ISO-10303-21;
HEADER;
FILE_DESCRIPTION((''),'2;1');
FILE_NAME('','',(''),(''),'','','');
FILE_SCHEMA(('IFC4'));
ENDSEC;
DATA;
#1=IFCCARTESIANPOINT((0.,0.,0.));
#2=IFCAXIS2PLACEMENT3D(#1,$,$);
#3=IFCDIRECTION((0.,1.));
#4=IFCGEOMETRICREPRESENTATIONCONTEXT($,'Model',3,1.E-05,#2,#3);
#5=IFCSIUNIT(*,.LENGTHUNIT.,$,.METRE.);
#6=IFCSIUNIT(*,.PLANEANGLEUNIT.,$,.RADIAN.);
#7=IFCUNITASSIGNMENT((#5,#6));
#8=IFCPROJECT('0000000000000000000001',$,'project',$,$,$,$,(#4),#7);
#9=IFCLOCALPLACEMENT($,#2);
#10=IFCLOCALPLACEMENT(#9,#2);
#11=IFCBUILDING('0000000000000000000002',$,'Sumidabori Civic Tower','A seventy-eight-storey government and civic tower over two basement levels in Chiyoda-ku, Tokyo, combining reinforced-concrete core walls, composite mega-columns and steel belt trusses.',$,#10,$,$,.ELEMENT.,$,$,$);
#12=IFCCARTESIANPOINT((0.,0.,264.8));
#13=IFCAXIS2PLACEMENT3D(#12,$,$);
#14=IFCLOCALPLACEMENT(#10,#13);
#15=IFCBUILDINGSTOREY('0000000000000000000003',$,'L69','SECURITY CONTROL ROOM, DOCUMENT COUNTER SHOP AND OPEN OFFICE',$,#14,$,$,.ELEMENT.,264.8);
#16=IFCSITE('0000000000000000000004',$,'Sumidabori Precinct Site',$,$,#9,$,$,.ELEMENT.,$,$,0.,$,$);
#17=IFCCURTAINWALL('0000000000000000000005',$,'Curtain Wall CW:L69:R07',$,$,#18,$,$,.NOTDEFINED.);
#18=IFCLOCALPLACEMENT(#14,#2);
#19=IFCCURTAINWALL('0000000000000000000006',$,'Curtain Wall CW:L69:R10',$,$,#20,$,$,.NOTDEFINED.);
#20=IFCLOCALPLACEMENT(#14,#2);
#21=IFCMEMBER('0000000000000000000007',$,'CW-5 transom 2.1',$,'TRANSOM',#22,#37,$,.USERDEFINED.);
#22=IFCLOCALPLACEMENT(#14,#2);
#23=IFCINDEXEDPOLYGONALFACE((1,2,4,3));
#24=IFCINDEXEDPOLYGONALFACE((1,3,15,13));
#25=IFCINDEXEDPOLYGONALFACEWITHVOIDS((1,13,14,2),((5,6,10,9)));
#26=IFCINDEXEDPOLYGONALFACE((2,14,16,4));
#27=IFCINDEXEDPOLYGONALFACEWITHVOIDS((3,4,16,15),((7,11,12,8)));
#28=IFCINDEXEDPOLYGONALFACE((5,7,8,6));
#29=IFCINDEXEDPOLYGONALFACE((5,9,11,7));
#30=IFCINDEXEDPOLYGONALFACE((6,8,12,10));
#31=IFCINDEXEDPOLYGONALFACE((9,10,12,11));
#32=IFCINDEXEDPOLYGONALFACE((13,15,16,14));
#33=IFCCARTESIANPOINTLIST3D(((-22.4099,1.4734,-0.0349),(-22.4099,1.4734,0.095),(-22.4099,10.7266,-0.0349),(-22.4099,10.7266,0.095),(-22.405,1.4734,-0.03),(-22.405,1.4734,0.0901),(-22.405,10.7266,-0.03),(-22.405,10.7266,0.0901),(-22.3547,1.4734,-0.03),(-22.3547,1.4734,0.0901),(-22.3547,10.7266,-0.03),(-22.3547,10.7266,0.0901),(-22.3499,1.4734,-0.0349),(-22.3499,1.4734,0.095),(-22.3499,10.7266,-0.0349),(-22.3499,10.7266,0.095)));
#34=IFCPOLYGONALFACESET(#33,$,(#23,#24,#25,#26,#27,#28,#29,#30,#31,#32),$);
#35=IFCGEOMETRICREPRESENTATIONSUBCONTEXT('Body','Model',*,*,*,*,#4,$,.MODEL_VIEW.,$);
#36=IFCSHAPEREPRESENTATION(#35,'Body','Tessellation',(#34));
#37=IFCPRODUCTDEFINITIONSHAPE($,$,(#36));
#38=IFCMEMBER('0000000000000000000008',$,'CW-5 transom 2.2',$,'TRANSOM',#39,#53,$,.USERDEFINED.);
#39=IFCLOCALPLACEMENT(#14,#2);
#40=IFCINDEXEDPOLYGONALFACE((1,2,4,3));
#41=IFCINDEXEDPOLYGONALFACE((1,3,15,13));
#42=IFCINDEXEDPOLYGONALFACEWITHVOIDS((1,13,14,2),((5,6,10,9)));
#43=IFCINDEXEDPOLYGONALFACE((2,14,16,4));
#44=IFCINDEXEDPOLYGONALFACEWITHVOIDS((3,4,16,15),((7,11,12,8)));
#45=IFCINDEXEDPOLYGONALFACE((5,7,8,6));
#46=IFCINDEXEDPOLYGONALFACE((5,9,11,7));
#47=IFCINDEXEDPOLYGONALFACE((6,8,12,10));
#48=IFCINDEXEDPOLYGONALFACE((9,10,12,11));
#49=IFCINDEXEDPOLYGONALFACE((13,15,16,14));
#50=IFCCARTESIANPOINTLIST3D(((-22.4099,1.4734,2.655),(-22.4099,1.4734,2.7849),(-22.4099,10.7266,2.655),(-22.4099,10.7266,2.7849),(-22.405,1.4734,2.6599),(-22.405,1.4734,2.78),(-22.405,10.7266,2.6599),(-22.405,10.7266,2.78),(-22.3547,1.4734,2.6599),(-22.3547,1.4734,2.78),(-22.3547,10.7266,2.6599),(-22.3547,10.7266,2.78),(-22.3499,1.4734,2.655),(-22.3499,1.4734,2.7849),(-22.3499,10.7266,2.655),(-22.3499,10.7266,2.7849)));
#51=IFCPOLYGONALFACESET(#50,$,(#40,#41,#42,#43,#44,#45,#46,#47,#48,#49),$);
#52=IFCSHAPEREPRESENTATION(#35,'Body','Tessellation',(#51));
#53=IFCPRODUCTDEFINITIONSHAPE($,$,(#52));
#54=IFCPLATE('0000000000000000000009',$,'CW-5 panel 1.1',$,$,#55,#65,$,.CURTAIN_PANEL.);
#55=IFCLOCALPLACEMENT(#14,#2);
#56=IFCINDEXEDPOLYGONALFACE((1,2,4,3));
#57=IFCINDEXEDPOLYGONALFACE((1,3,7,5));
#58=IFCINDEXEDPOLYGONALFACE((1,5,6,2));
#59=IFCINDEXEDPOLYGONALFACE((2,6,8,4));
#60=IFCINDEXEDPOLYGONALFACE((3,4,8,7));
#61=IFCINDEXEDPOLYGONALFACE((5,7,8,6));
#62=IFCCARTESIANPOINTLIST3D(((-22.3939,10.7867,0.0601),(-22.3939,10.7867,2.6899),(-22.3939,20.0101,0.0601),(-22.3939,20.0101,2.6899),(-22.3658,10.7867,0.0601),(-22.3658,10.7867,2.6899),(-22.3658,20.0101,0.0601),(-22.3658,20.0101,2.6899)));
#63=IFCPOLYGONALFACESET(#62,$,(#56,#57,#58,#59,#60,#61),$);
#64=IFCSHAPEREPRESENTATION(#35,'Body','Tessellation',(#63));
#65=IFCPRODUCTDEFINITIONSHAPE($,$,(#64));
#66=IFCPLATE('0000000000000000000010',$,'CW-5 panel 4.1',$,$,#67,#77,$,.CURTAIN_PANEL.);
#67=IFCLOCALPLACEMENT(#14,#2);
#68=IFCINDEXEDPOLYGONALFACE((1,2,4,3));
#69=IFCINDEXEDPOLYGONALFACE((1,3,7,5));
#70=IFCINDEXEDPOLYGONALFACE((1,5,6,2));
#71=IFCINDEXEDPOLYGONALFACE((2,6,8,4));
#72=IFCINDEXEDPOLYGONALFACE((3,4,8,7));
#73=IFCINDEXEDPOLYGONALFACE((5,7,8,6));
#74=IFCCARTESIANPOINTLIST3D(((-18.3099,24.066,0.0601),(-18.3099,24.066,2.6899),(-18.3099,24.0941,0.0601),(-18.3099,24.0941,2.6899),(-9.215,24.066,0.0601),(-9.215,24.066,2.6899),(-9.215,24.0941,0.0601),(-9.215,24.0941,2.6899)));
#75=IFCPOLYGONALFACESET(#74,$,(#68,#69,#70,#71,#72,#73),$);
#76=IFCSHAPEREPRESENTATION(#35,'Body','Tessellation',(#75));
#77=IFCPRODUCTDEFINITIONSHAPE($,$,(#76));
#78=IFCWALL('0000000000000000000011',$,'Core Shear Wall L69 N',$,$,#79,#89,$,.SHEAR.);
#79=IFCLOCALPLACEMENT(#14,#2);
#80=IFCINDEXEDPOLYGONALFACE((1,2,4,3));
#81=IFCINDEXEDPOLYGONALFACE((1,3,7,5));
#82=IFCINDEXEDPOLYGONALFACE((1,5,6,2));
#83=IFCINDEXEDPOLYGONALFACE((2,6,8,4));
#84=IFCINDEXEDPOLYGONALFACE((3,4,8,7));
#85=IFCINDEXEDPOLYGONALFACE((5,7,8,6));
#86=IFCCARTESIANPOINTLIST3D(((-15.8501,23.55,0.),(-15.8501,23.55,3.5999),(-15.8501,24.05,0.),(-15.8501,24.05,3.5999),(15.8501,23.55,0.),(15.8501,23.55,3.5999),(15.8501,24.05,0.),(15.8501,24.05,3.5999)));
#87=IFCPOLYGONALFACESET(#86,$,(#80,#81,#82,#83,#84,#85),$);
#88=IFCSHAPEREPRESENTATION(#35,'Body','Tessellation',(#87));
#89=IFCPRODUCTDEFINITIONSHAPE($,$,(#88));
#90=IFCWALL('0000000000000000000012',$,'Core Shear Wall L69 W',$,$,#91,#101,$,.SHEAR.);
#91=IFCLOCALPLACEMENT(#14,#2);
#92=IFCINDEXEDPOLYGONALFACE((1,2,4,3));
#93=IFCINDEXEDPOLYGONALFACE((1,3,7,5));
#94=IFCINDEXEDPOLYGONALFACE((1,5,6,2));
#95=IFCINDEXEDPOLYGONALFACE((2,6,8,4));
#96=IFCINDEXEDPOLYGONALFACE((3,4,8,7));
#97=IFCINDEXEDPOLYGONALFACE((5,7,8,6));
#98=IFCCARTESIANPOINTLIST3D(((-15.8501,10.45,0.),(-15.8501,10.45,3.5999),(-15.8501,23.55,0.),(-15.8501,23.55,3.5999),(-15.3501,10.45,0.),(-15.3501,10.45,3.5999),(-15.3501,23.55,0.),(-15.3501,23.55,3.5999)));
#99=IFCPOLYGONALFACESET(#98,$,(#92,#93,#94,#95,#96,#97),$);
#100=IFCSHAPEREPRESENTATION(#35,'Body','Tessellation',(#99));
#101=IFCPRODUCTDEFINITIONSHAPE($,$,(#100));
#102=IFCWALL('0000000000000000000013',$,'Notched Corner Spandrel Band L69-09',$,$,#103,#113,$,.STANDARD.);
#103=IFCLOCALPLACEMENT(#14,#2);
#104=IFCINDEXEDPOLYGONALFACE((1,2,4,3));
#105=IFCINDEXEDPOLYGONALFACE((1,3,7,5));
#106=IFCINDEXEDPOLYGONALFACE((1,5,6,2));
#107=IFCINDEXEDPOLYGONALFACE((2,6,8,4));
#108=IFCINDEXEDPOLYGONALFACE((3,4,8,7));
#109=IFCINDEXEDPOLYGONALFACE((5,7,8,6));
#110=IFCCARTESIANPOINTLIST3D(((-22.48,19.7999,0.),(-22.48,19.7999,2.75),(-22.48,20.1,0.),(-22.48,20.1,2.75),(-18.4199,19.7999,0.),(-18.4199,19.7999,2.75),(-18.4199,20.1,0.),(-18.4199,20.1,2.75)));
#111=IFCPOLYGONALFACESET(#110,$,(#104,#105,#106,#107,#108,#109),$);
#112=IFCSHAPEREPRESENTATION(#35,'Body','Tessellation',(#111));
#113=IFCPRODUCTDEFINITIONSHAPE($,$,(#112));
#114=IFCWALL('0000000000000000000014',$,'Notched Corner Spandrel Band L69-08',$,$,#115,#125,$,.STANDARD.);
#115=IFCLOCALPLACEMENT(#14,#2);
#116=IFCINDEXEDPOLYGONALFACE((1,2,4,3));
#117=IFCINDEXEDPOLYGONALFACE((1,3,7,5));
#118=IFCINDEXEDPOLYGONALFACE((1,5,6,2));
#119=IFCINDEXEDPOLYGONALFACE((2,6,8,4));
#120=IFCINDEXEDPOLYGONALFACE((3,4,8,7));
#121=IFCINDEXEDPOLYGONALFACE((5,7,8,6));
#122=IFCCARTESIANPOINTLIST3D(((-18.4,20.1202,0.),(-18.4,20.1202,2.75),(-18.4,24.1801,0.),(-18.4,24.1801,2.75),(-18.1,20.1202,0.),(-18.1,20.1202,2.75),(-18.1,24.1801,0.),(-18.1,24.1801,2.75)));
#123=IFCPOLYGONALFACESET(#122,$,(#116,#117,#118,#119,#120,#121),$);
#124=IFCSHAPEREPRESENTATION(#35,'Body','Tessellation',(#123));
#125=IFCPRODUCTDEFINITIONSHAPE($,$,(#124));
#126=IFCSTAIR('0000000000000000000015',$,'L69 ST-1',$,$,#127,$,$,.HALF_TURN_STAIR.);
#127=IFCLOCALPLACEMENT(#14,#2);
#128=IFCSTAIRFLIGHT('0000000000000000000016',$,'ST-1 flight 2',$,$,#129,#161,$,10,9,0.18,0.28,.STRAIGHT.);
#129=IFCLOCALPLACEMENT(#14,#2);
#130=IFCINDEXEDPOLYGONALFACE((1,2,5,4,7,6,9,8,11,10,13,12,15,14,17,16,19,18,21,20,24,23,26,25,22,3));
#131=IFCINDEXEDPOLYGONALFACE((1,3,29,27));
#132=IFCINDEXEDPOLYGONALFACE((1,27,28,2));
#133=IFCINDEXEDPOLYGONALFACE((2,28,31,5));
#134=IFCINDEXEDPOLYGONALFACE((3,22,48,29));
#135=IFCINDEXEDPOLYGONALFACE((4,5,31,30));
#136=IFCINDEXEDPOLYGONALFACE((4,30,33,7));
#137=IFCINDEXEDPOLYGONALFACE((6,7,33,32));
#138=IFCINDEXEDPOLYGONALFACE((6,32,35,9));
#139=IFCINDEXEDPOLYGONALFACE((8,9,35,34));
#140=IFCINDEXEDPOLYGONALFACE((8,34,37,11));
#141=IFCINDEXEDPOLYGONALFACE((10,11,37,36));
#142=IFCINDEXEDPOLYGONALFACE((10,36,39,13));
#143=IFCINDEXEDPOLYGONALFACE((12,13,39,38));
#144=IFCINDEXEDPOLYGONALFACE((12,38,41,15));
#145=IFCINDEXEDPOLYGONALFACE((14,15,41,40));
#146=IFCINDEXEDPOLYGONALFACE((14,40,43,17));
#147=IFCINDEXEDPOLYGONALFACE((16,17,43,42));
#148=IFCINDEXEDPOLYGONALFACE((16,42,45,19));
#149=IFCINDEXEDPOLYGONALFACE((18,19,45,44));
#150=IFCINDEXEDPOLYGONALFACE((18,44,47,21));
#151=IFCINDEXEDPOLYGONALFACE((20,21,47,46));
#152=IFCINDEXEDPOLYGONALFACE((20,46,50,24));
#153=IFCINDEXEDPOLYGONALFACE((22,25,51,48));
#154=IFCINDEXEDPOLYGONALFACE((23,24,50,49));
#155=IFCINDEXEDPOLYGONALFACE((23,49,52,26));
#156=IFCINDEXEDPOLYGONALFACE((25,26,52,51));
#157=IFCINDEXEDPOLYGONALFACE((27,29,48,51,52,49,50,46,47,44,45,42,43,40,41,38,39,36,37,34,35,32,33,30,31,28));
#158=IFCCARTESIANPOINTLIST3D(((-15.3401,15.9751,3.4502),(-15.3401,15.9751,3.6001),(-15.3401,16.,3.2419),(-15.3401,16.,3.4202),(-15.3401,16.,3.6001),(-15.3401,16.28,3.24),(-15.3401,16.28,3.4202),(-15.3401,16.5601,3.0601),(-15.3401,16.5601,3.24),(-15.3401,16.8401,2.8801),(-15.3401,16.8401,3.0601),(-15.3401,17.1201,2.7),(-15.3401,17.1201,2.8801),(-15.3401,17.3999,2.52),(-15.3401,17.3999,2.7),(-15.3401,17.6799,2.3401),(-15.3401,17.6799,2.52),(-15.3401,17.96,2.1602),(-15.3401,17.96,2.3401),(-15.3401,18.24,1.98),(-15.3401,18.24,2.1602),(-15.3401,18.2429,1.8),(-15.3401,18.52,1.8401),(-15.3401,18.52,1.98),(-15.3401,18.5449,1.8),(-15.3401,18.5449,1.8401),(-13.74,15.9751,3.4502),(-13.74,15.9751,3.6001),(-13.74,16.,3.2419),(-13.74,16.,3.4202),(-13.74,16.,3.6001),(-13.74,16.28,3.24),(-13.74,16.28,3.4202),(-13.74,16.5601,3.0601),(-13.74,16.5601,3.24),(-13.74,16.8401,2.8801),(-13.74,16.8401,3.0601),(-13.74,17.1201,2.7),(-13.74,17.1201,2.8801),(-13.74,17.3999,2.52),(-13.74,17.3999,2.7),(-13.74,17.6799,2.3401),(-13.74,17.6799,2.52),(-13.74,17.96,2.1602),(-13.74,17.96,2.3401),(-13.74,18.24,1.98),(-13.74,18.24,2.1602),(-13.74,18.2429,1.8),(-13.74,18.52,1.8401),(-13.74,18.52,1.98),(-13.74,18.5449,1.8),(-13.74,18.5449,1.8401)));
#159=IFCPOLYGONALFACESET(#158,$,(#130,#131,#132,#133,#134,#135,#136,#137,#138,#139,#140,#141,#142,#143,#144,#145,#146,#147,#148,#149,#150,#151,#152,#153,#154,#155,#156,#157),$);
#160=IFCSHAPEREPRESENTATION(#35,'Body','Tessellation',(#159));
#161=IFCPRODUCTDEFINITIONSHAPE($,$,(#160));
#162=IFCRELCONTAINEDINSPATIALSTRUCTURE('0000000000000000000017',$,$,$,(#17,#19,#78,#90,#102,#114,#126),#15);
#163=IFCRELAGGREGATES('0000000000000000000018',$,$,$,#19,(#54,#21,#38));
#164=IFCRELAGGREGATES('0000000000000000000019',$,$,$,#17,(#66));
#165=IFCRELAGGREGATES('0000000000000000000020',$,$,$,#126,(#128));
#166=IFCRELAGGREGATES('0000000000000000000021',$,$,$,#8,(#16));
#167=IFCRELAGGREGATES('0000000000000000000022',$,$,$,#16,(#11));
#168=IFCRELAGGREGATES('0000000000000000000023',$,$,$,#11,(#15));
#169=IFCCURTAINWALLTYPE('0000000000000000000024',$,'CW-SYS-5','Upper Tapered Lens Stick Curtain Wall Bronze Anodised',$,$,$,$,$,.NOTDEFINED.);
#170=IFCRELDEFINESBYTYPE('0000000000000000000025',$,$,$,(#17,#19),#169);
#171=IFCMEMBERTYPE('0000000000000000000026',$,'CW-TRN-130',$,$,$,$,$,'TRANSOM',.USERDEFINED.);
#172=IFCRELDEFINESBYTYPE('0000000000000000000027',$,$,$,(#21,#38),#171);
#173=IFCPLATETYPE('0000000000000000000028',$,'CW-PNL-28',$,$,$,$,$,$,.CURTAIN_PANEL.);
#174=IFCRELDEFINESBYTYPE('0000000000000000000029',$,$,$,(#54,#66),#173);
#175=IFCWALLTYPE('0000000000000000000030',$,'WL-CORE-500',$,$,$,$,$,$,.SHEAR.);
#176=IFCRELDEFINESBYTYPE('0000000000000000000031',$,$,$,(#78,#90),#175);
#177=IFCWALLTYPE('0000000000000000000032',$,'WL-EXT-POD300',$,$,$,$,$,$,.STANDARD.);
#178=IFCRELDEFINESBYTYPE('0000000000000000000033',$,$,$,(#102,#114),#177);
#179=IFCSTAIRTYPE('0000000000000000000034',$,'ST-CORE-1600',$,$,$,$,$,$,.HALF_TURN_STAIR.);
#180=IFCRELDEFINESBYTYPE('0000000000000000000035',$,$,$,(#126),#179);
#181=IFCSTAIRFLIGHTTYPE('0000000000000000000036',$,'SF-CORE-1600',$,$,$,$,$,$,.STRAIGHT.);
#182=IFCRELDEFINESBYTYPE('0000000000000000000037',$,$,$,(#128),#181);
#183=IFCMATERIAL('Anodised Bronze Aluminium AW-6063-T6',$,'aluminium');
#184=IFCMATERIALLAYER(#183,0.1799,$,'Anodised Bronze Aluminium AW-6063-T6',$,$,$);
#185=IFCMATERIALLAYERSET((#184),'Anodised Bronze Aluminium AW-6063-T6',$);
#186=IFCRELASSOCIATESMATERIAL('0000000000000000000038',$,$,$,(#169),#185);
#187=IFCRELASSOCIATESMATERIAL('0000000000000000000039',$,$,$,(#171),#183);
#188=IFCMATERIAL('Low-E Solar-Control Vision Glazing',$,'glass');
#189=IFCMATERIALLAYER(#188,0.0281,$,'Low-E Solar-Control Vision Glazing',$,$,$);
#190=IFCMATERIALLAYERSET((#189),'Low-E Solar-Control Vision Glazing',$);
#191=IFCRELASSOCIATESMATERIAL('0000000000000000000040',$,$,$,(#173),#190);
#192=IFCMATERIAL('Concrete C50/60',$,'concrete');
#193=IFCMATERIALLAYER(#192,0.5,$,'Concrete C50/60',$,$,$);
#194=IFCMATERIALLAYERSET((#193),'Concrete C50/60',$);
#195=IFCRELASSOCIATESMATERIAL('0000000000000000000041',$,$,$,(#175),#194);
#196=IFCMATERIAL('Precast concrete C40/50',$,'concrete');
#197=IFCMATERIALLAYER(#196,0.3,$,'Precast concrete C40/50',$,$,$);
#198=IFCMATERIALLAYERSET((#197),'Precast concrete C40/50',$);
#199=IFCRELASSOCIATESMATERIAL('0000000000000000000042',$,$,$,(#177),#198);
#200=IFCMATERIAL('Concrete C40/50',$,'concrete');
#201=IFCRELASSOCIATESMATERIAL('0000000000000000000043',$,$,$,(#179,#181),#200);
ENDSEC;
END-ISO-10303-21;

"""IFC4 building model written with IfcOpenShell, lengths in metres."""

from ifc_helpers import new_model, si_unit, direction, frame, frame_2d, origin, origin_2d, place, context, subcontext, project, spatial, polyline, rectangle, hollow_rectangle, outline, extrude, source, transform, mapped, material, layer, layer_set, material_profile, profile_set, type_object, element, aggregate, save


model = new_model("IFC4")

# Units and contexts
model_context = context("Model", 3, precision=1e-05, world=origin(), true_north=direction((0.0, 1.0)))
body_context = subcontext(model_context, "Body", "Model", "MODEL_VIEW")
ifc_project = project(units=[si_unit("LENGTHUNIT", "METRE"), si_unit("PLANEANGLEUNIT", "RADIAN")], contexts=[model_context])

# Site, building, storey
site_placement = place(None, origin())
site = spatial("IfcSite", under=ifc_project, at=site_placement, Name="Sumidabori Precinct Site", CompositionType="ELEMENT", RefElevation=0.0)
building_placement = place(site_placement, origin())
building = spatial("IfcBuilding", under=site, at=building_placement, Name="Sumidabori Civic Tower", Description="A seventy-eight-storey government and civic tower over two basement levels in Chiyoda-ku, Tokyo, combining reinforced-concrete core walls, composite mega-columns and steel belt trusses.", CompositionType="ELEMENT")
storey_placement = place(building_placement, frame((0.0, 0.0, 264.8)))
storey = spatial("IfcBuildingStorey", under=building, at=storey_placement, Name="L69", Description="SECURITY CONTROL ROOM, DOCUMENT COUNTER SHOP AND OPEN OFFICE", CompositionType="ELEMENT", Elevation=264.8)

# Curtain wall
ifc_material_1 = material(Name="Anodised Bronze Aluminium AW-6063-T6", Category="aluminium")
ifc_layer_1 = layer(ifc_material_1, 0.1799, Name="Anodised Bronze Aluminium AW-6063-T6")
ifc_layer_set_1 = layer_set([ifc_layer_1], Name="Anodised Bronze Aluminium AW-6063-T6")
curtain_wall_type = type_object("IfcCurtainWallType", Name="CW-SYS-5", Description="Upper Tapered Lens Stick Curtain Wall Bronze Anodised", PredefinedType="NOTDEFINED", material=ifc_layer_set_1)
curtain_wall_1_placement = place(storey_placement, origin())
curtain_wall_1 = element("IfcCurtainWall", 1, at=curtain_wall_1_placement, inside=storey, type_object=curtain_wall_type, Name="Curtain Wall CW:L69:R07", PredefinedType="NOTDEFINED")

# Curtain wall, members, plate
curtain_wall_2_placement = place(storey_placement, origin())
curtain_wall_2 = element("IfcCurtainWall", 2, at=curtain_wall_2_placement, inside=storey, type_object=curtain_wall_type, Name="Curtain Wall CW:L69:R10", PredefinedType="NOTDEFINED")
ifc_material_profile_1 = material_profile(ifc_material_1, hollow_rectangle(XDim=0.0601, YDim=0.1299, WallThickness=0.0049, at=origin_2d()), Name="ALU TRANSOM 130x60")
ifc_profile_set_1 = profile_set([ifc_material_profile_1], Name="Anodised Bronze Aluminium AW-6063-T6")
member_type_1 = type_object("IfcMemberType", Name="CW-TRN-130", ElementType="TRANSOM", PredefinedType="USERDEFINED", material=ifc_profile_set_1)
shared_shape_1 = source(origin(), body_context, "Body", "SweptSolid", [
    extrude(hollow_rectangle(XDim=0.0601, YDim=0.1299, WallThickness=0.0049, at=origin_2d()), origin(), (0.0, 0.0, 1.0), 9.2532),
])
member_1_placement = place(storey_placement, frame((-22.3799, 10.7266, 0.03), z_axis=(0.0, -1.0, 0.0), x_axis=(1.0, 0.0, 0.0)))
member_1 = element("IfcMember", 3, at=member_1_placement, type_object=member_type_1, Name="CW-5 transom 2.1", ObjectType="TRANSOM", PredefinedType="USERDEFINED", context=body_context, shape_type="MappedRepresentation", body=[
    mapped(shared_shape_1, transform((0.0, 0.0, 0.0), x_axis=(1.0, 0.0, 0.0), y_axis=(0.0, 1.0, 0.0), z_axis=(0.0, 0.0, 1.0), scale=1.0)),
])
member_2_placement = place(storey_placement, frame((-22.3799, 10.7266, 2.72), z_axis=(0.0, -1.0, 0.0), x_axis=(1.0, 0.0, 0.0)))
member_2 = element("IfcMember", 4, at=member_2_placement, type_object=member_type_1, Name="CW-5 transom 2.2", ObjectType="TRANSOM", PredefinedType="USERDEFINED", context=body_context, shape_type="MappedRepresentation", body=[
    mapped(shared_shape_1, transform((0.0, 0.0, 0.0), x_axis=(1.0, 0.0, 0.0), y_axis=(0.0, 1.0, 0.0), z_axis=(0.0, 0.0, 1.0), scale=1.0)),
])
ifc_material_2 = material(Name="Low-E Solar-Control Vision Glazing", Category="glass")
ifc_layer_2 = layer(ifc_material_2, 0.0281, Name="Low-E Solar-Control Vision Glazing")
ifc_layer_set_2 = layer_set([ifc_layer_2], Name="Low-E Solar-Control Vision Glazing")
plate_type = type_object("IfcPlateType", Name="CW-PNL-28", PredefinedType="CURTAIN_PANEL", material=ifc_layer_set_2)
shared_shape_2 = source(origin(), body_context, "Body", "SweptSolid", [
    extrude(rectangle(XDim=9.2234, YDim=0.0281, at=origin_2d()), origin(), (0.0, 0.0, 1.0), 2.6299),
])
plate_1_placement = place(storey_placement, frame((-22.3799, 15.3984, 0.0601), z_axis=(0.0, 0.0, 1.0), x_axis=(0.0, -1.0, 0.0)))
plate_1 = element("IfcPlate", 5, at=plate_1_placement, type_object=plate_type, Name="CW-5 panel 1.1", PredefinedType="CURTAIN_PANEL", context=body_context, shape_type="MappedRepresentation", body=[
    mapped(shared_shape_2, transform((0.0, 0.0, 0.0), x_axis=(1.0, 0.0, 0.0), y_axis=(0.0, 1.0, 0.0), z_axis=(0.0, 0.0, 1.0), scale=1.0)),
])
aggregate(curtain_wall_2, [plate_1, member_1, member_2])

# Plate
shared_shape_3 = source(origin(), body_context, "Body", "SweptSolid", [
    extrude(rectangle(XDim=9.095, YDim=0.0281, at=origin_2d()), origin(), (0.0, 0.0, 1.0), 2.6299),
])
plate_2_placement = place(storey_placement, frame((-13.7625, 24.0801, 0.0601), z_axis=(0.0, 0.0, 1.0), x_axis=(-1.0, 0.0, 0.0)))
plate_2 = element("IfcPlate", 6, at=plate_2_placement, type_object=plate_type, Name="CW-5 panel 4.1", PredefinedType="CURTAIN_PANEL", context=body_context, shape_type="MappedRepresentation", body=[
    mapped(shared_shape_3, transform((0.0, 0.0, 0.0), x_axis=(1.0, 0.0, 0.0), y_axis=(0.0, 1.0, 0.0), z_axis=(0.0, 0.0, 1.0), scale=1.0)),
])
aggregate(curtain_wall_1, [plate_2])

# Wall
ifc_material_3 = material(Name="Concrete C50/60", Category="concrete")
ifc_layer_3 = layer(ifc_material_3, 0.5, Name="Concrete C50/60")
ifc_layer_set_3 = layer_set([ifc_layer_3], Name="Concrete C50/60")
wall_type_1 = type_object("IfcWallType", Name="WL-CORE-500", PredefinedType="SHEAR", material=ifc_layer_set_3)
shared_shape_4 = source(origin(), body_context, "Body", "SweptSolid", [
    extrude(rectangle(XDim=31.7002, YDim=0.5, at=frame_2d((15.8501, 0.0))), origin(), (0.0, 0.0, 1.0), 3.5999),
])
wall_1_placement = place(storey_placement, frame((-15.8501, 23.8, 0.0), z_axis=(0.0, 0.0, 1.0), x_axis=(1.0, 0.0, 0.0)))
element("IfcWall", 7, at=wall_1_placement, inside=storey, type_object=wall_type_1, Name="Core Shear Wall L69 N", PredefinedType="SHEAR", context=body_context, shape_type="MappedRepresentation", body=[
    mapped(shared_shape_4, transform((0.0, 0.0, 0.0), x_axis=(1.0, 0.0, 0.0), y_axis=(0.0, 1.0, 0.0), z_axis=(0.0, 0.0, 1.0), scale=1.0)),
])

# Wall
shared_shape_5 = source(origin(), body_context, "Body", "SweptSolid", [
    extrude(rectangle(XDim=13.1001, YDim=0.5, at=frame_2d((6.55, 0.0))), origin(), (0.0, 0.0, 1.0), 3.5999),
])
wall_2_placement = place(storey_placement, frame((-15.6001, 10.45, 0.0), z_axis=(0.0, 0.0, 1.0), x_axis=(0.0, 1.0, 0.0)))
element("IfcWall", 8, at=wall_2_placement, inside=storey, type_object=wall_type_1, Name="Core Shear Wall L69 W", PredefinedType="SHEAR", context=body_context, shape_type="MappedRepresentation", body=[
    mapped(shared_shape_5, transform((0.0, 0.0, 0.0), x_axis=(1.0, 0.0, 0.0), y_axis=(0.0, 1.0, 0.0), z_axis=(0.0, 0.0, 1.0), scale=1.0)),
])

# Walls
ifc_material_4 = material(Name="Precast concrete C40/50", Category="concrete")
ifc_layer_4 = layer(ifc_material_4, 0.3, Name="Precast concrete C40/50")
ifc_layer_set_4 = layer_set([ifc_layer_4], Name="Precast concrete C40/50")
wall_type_2 = type_object("IfcWallType", Name="WL-EXT-POD300", PredefinedType="STANDARD", material=ifc_layer_set_4)
shared_shape_6 = source(origin(), body_context, "Body", "SweptSolid", [
    extrude(rectangle(XDim=4.0601, YDim=0.3, at=frame_2d((2.03, 0.0))), origin(), (0.0, 0.0, 1.0), 2.75),
])
wall_3_placement = place(storey_placement, frame((-18.4199, 19.95, 0.0), z_axis=(0.0, 0.0, 1.0), x_axis=(-1.0, 0.0, 0.0)))
element("IfcWall", 9, at=wall_3_placement, inside=storey, type_object=wall_type_2, Name="Notched Corner Spandrel Band L69-09", PredefinedType="STANDARD", context=body_context, shape_type="MappedRepresentation", body=[
    mapped(shared_shape_6, transform((0.0, 0.0, 0.0), x_axis=(1.0, 0.0, 0.0), y_axis=(0.0, 1.0, 0.0), z_axis=(0.0, 0.0, 1.0), scale=1.0)),
])
shared_shape_7 = source(origin(), body_context, "Body", "SweptSolid", [
    extrude(rectangle(XDim=4.0598, YDim=0.3, at=frame_2d((2.0298, 0.0))), origin(), (0.0, 0.0, 1.0), 2.75),
])
wall_4_placement = place(storey_placement, frame((-18.25, 24.1799, 0.0), z_axis=(0.0, 0.0, 1.0), x_axis=(0.0, -1.0, 0.0)))
element("IfcWall", 10, at=wall_4_placement, inside=storey, type_object=wall_type_2, Name="Notched Corner Spandrel Band L69-08", PredefinedType="STANDARD", context=body_context, shape_type="MappedRepresentation", body=[
    mapped(shared_shape_7, transform((0.0, 0.0, 0.0), x_axis=(1.0, 0.0, 0.0), y_axis=(0.0, 1.0, 0.0), z_axis=(0.0, 0.0, 1.0), scale=1.0)),
])

# Stair, stair flight
ifc_material_5 = material(Name="Concrete C40/50", Category="concrete")
stair_type = type_object("IfcStairType", Name="ST-CORE-1600", PredefinedType="HALF_TURN_STAIR", material=ifc_material_5)
stair_placement = place(storey_placement, origin())
stair = element("IfcStair", 11, at=stair_placement, inside=storey, type_object=stair_type, Name="L69 ST-1", PredefinedType="HALF_TURN_STAIR")
stair_flight_type = type_object("IfcStairFlightType", Name="SF-CORE-1600", PredefinedType="STRAIGHT", material=ifc_material_5)
shared_shape_8 = source(origin(), body_context, "Body", "SweptSolid", [
    extrude(outline(polyline([(-0.0249, 0.0), (-0.0249, 0.04), (0.0, 0.04), (0.0, 0.1799), (0.28, 0.1799), (0.28, 0.3601), (0.5601, 0.3601), (0.5601, 0.54), (0.8401, 0.54), (0.8401, 0.72), (1.1201, 0.72), (1.1201, 0.8999), (1.3999, 0.8999), (1.3999, 1.0801), (1.6799, 1.0801), (1.6799, 1.26), (1.96, 1.26), (1.96, 1.4399), (2.24, 1.4399), (2.24, 1.6201), (2.52, 1.6201), (2.52, 1.8), (2.5449, 1.8), (2.5449, 1.6501), (2.52, 1.4419), (0.2771, 0.0), (-0.0249, 0.0)])), frame((0.0, 0.8, 0.0), z_axis=(0.0, -1.0, 0.0), x_axis=(1.0, 0.0, 0.0)), (0.0, 0.0, 1.0), 1.6001),
])
stair_flight_placement = place(storey_placement, frame((-14.54, 18.52, 1.8), z_axis=(0.0, 0.0, 1.0), x_axis=(0.0, -1.0, 0.0)))
stair_flight = element("IfcStairFlight", 12, at=stair_flight_placement, type_object=stair_flight_type, Name="ST-1 flight 2", NumberOfRisers=10, NumberOfTreads=9, PredefinedType="STRAIGHT", RiserHeight=0.18, TreadLength=0.28, context=body_context, shape_type="MappedRepresentation", body=[
    mapped(shared_shape_8, transform((0.0, 0.0, 0.0), x_axis=(1.0, 0.0, 0.0), y_axis=(0.0, 1.0, 0.0), z_axis=(0.0, 0.0, 1.0), scale=1.0)),
])
aggregate(stair, [stair_flight])

save(model, "model.ifc")
